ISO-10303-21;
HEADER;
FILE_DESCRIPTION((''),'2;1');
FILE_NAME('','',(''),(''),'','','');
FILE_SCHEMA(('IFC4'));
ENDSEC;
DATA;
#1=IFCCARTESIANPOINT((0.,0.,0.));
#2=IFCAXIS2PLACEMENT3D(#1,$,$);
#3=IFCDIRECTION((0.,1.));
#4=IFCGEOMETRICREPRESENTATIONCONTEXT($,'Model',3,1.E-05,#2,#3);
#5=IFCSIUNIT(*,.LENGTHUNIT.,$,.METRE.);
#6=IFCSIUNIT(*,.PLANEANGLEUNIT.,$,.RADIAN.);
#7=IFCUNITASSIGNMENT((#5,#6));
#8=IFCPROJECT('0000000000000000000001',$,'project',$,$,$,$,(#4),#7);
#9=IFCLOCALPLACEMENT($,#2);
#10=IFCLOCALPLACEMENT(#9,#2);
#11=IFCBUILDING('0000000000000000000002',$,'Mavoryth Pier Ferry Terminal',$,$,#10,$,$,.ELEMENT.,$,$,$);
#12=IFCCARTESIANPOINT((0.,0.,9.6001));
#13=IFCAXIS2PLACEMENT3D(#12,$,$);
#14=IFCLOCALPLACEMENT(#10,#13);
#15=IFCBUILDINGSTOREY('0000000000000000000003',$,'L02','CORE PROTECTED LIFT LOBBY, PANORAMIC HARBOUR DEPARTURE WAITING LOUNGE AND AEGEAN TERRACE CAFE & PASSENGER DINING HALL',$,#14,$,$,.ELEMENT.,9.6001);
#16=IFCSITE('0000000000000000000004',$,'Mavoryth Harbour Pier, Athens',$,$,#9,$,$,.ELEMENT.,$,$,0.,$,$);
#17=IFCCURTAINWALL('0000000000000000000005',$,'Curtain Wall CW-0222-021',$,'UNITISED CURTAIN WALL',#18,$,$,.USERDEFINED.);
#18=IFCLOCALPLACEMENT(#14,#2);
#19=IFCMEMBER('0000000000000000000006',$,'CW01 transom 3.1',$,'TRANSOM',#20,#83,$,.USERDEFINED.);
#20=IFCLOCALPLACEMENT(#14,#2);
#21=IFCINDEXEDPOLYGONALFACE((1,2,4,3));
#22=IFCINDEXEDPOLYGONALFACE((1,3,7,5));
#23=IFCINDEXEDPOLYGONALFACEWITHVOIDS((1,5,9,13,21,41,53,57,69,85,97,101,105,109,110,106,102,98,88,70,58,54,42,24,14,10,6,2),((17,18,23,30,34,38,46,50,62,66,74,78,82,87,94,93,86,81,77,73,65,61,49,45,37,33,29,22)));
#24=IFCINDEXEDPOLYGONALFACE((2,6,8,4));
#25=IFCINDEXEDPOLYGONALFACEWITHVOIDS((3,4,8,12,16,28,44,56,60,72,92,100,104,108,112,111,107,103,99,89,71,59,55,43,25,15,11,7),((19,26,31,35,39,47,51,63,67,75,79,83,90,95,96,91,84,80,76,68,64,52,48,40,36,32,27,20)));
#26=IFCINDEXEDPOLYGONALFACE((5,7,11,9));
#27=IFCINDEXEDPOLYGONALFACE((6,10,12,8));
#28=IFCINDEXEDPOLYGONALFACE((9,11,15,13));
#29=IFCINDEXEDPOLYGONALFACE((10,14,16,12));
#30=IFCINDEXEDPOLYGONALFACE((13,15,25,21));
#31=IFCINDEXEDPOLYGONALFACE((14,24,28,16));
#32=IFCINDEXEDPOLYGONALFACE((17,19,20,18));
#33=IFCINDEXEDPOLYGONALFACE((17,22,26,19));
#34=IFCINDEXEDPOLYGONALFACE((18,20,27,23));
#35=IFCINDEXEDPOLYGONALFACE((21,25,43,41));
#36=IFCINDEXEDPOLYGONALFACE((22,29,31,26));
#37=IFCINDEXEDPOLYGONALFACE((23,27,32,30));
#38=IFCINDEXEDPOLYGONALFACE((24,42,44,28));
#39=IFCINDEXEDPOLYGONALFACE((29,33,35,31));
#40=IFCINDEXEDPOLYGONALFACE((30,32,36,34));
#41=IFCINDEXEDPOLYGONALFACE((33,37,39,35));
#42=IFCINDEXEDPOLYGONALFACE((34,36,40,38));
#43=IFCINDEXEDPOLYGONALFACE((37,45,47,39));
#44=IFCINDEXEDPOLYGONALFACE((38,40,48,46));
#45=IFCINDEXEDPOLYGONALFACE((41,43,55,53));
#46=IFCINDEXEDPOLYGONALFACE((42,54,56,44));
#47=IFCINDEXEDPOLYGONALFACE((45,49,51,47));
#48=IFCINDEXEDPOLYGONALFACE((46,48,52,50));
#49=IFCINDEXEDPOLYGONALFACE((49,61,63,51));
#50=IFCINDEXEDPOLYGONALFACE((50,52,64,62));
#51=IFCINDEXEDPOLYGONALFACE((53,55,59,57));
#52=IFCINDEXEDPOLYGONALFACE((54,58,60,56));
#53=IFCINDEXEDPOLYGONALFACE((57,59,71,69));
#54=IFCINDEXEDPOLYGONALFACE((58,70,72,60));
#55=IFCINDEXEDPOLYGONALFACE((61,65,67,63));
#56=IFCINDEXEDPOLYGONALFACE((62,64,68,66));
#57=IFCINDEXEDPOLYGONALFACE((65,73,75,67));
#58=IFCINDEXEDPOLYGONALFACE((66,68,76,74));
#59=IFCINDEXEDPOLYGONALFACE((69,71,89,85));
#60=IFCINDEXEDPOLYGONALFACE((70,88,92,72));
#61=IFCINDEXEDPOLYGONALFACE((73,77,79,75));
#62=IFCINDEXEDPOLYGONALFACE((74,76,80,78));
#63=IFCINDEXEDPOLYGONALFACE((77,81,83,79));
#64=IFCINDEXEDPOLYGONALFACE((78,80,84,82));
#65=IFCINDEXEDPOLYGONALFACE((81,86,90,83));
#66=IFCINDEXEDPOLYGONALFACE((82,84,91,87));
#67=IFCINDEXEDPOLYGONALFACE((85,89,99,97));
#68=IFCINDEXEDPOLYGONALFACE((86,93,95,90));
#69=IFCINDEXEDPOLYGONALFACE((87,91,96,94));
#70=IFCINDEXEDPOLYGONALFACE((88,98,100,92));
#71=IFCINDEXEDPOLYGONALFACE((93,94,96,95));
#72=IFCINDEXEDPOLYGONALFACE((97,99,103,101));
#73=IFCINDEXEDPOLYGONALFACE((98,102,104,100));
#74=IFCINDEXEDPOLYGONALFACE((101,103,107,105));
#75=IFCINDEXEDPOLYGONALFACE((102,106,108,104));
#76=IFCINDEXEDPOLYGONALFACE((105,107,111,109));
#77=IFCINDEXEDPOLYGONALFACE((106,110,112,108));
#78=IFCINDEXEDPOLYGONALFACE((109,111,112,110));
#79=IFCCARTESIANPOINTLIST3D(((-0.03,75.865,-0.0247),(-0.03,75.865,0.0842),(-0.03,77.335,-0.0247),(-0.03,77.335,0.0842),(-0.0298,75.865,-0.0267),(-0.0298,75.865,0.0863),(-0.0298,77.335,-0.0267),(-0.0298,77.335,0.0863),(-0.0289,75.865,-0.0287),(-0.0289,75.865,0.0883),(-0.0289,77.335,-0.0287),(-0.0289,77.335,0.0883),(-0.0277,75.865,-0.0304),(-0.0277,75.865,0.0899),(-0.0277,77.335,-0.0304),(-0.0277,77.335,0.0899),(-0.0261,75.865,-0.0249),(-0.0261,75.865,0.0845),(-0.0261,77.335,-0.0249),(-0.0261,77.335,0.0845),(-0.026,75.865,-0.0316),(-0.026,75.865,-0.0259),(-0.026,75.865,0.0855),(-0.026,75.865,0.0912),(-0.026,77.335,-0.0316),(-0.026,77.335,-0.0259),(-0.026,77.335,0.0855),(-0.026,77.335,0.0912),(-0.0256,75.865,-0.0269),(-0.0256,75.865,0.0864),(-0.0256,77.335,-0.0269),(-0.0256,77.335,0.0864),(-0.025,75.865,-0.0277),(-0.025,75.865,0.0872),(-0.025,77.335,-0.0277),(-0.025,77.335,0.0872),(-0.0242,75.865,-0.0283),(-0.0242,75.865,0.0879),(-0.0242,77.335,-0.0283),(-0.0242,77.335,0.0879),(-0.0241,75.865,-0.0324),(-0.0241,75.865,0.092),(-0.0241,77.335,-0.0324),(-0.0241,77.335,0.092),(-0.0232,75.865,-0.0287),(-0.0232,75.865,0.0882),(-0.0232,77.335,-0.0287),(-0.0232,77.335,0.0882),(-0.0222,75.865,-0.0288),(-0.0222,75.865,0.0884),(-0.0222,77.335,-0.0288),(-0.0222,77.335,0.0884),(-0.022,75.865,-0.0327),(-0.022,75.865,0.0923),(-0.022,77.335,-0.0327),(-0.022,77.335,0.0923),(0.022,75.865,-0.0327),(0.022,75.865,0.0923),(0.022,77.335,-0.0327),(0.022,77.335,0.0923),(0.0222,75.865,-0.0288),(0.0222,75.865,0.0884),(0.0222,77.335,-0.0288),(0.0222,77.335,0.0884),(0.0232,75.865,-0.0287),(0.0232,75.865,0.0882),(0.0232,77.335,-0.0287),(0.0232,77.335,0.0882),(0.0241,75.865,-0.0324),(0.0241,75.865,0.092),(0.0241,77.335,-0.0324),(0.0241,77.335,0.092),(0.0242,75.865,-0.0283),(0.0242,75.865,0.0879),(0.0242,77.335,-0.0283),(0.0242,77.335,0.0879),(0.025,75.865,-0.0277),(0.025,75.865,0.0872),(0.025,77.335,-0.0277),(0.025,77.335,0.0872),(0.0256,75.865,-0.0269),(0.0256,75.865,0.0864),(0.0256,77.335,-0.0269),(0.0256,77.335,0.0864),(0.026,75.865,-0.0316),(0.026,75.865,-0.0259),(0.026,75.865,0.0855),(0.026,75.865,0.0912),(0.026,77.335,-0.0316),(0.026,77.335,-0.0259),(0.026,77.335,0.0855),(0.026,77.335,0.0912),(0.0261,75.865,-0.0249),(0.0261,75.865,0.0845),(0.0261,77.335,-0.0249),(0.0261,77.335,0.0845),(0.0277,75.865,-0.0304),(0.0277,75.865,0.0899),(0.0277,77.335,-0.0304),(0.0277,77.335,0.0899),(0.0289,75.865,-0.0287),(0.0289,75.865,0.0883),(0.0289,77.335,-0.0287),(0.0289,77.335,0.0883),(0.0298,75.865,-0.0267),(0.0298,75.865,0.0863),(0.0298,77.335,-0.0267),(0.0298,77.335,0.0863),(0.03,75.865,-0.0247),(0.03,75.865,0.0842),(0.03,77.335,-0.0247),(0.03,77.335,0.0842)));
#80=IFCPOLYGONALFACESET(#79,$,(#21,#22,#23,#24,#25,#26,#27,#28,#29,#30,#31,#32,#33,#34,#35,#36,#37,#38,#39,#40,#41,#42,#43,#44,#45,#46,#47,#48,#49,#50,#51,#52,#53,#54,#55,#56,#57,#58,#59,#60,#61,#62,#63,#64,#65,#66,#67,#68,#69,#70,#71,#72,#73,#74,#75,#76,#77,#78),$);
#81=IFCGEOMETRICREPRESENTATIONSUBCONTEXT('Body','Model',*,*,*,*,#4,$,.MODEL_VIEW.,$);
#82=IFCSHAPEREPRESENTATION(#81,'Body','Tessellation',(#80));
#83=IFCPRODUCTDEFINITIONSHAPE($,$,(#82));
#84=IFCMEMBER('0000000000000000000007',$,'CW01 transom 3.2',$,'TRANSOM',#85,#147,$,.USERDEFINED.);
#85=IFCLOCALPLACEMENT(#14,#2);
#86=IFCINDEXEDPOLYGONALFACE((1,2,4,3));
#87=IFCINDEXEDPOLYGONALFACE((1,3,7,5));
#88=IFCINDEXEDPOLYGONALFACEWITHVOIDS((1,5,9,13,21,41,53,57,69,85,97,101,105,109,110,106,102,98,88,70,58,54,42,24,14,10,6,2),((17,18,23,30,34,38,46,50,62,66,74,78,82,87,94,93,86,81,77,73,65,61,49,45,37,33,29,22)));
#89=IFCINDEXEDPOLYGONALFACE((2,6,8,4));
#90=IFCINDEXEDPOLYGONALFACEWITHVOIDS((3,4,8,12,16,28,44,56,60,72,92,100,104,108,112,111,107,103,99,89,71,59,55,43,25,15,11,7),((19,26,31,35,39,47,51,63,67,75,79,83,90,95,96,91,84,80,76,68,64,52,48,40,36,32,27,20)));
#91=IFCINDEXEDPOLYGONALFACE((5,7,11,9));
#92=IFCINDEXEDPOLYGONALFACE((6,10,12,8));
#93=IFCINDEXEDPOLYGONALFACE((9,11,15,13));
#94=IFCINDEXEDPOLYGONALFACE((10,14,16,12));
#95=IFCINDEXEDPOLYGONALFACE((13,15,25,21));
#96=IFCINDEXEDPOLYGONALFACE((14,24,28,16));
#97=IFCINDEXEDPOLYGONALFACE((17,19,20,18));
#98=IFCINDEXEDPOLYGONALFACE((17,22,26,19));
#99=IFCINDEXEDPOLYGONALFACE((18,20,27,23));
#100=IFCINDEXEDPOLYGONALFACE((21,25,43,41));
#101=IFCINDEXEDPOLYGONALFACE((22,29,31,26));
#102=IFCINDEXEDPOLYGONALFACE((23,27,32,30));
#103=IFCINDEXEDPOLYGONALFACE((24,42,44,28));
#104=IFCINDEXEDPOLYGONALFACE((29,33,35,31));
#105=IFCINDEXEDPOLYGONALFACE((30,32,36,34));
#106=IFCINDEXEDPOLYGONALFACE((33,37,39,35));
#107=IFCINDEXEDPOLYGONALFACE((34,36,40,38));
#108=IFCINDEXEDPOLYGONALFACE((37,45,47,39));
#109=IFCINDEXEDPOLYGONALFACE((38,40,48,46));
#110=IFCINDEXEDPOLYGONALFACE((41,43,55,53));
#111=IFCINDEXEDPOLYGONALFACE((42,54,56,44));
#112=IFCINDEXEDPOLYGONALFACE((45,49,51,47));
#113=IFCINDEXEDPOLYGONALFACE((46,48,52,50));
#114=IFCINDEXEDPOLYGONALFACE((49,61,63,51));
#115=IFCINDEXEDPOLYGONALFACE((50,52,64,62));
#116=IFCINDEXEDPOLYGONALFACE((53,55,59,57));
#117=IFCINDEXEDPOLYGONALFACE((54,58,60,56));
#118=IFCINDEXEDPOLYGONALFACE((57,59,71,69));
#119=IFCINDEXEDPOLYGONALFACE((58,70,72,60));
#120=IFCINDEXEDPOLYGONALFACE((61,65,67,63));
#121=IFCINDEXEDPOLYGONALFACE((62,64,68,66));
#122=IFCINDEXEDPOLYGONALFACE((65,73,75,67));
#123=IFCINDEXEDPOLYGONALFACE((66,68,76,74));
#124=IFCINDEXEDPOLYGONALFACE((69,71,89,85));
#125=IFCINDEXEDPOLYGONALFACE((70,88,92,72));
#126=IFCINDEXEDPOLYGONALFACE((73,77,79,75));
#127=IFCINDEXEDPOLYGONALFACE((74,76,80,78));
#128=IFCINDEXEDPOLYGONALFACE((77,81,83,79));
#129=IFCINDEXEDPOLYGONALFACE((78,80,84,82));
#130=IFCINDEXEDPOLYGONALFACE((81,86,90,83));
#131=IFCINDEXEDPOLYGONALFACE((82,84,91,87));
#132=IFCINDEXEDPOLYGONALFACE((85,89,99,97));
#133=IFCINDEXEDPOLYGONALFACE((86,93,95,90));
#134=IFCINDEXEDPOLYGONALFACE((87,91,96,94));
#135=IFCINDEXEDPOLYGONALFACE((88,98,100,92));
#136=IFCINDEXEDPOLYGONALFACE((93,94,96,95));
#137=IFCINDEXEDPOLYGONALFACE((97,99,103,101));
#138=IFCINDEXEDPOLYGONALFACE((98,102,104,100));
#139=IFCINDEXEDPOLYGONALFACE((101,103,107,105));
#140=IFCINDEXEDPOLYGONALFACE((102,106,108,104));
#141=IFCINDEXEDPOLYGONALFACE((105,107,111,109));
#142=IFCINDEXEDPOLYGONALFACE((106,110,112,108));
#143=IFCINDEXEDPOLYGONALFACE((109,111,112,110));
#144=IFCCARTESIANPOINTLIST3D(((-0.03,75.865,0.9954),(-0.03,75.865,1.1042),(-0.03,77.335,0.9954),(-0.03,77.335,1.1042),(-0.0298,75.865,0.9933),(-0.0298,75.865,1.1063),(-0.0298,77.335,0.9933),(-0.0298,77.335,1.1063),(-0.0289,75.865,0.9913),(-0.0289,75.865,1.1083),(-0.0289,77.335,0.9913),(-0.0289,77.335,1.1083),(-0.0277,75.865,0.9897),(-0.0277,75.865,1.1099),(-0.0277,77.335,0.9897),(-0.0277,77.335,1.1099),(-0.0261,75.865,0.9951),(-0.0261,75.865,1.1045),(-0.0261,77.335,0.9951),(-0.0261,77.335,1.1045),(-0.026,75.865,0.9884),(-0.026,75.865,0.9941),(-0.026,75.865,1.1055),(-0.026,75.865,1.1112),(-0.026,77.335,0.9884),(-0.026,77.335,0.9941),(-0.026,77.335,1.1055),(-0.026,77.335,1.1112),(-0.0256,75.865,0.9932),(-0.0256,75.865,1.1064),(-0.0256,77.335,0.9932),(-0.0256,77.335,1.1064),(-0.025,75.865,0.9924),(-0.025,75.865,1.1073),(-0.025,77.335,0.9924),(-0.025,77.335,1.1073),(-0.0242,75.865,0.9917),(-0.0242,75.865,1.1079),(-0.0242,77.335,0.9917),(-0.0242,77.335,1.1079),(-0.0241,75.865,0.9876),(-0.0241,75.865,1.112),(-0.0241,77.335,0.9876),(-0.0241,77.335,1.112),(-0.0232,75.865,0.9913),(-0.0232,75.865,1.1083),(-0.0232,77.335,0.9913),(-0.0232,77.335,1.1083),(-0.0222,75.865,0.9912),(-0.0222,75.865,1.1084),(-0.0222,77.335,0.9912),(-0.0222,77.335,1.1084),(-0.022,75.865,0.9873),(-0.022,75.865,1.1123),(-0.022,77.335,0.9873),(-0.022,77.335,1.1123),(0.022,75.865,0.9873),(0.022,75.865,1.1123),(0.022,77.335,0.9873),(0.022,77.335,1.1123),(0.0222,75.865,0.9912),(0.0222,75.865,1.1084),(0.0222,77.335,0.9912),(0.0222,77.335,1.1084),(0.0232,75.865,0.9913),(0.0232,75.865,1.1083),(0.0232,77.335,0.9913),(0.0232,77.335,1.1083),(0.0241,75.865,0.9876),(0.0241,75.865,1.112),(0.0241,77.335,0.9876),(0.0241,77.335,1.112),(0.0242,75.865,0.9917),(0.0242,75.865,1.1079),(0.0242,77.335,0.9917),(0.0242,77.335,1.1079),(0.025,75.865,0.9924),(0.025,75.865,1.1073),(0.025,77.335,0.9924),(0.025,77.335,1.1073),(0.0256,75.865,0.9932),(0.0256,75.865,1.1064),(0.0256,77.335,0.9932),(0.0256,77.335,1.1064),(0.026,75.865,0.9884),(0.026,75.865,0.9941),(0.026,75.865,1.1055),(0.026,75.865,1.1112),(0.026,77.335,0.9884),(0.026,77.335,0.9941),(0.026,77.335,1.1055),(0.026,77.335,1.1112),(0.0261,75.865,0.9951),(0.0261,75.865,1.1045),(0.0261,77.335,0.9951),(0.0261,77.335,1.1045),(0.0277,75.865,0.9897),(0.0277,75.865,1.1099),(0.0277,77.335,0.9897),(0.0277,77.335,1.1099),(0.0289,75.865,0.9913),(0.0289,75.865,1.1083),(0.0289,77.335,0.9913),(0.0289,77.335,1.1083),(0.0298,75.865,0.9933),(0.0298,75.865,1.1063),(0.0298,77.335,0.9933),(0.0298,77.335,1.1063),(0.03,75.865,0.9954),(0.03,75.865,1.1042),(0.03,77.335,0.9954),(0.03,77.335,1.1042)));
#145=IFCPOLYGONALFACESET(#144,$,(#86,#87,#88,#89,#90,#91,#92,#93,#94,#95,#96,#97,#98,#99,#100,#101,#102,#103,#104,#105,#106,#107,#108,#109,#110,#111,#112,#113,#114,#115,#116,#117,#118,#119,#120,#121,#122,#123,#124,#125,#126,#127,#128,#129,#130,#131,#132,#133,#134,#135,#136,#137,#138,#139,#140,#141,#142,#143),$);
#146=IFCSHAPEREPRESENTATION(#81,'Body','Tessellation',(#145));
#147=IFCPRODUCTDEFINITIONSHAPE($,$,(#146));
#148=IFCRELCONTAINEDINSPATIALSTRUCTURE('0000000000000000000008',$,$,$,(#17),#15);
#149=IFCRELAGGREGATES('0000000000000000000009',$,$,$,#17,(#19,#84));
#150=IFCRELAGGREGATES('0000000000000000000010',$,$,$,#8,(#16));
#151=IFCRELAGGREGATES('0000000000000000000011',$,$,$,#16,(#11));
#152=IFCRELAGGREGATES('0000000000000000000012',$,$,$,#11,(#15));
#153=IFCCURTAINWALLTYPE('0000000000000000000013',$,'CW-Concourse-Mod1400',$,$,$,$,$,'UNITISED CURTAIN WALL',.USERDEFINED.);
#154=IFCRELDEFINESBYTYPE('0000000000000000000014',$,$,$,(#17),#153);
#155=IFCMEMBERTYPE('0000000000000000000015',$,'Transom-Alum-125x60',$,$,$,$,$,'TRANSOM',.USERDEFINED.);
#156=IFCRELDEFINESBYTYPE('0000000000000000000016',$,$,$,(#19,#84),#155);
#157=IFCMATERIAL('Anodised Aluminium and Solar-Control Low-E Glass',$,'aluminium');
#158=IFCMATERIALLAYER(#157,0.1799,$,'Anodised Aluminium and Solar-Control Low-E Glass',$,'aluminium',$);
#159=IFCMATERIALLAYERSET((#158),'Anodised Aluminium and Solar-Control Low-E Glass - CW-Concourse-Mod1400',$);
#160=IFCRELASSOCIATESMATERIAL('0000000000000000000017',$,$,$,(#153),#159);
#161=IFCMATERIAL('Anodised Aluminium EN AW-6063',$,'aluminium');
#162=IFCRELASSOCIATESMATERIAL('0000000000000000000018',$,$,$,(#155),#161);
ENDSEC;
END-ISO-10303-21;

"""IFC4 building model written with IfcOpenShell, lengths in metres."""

from ifc_helpers import new_model, si_unit, direction, frame, origin, origin_2d, place, context, subcontext, project, spatial, hollow_rectangle, extrude, material, layer, layer_set, material_profile, profile_set, type_object, element, aggregate, save


model = new_model("IFC4")

# Units and contexts
model_context = context("Model", 3, precision=1e-05, world=origin(), true_north=direction((0.0, 1.0)))
body_context = subcontext(model_context, "Body", "Model", "MODEL_VIEW")
ifc_project = project(units=[si_unit("LENGTHUNIT", "METRE"), si_unit("PLANEANGLEUNIT", "RADIAN")], contexts=[model_context])

# Site, building, storey
site_placement = place(None, origin())
site = spatial("IfcSite", under=ifc_project, at=site_placement, Name="Mavoryth Harbour Pier, Athens", CompositionType="ELEMENT", RefElevation=0.0)
building_placement = place(site_placement, origin())
building = spatial("IfcBuilding", under=site, at=building_placement, Name="Mavoryth Pier Ferry Terminal", CompositionType="ELEMENT")
storey_placement = place(building_placement, frame((0.0, 0.0, 9.6001)))
storey = spatial("IfcBuildingStorey", under=building, at=storey_placement, Name="L02", Description="CORE PROTECTED LIFT LOBBY, PANORAMIC HARBOUR DEPARTURE WAITING LOUNGE AND AEGEAN TERRACE CAFE & PASSENGER DINING HALL", CompositionType="ELEMENT", Elevation=9.6001)

# Curtain wall
ifc_material_1 = material(Name="Anodised Aluminium and Solar-Control Low-E Glass", Category="aluminium")
ifc_layer_1 = layer(ifc_material_1, 0.1799, Name="Anodised Aluminium and Solar-Control Low-E Glass", Category="aluminium")
ifc_layer_set_1 = layer_set([ifc_layer_1], Name="Anodised Aluminium and Solar-Control Low-E Glass - CW-Concourse-Mod1400")
curtain_wall_type = type_object("IfcCurtainWallType", Name="CW-Concourse-Mod1400", ElementType="UNITISED CURTAIN WALL", PredefinedType="USERDEFINED", material=ifc_layer_set_1)
curtain_wall_placement = place(storey_placement, origin())
curtain_wall = element("IfcCurtainWall", 1, at=curtain_wall_placement, inside=storey, type_object=curtain_wall_type, Name="Curtain Wall CW-0222-021", ObjectType="UNITISED CURTAIN WALL", PredefinedType="USERDEFINED")
ifc_material_2 = material(Name="Anodised Aluminium EN AW-6063", Category="aluminium")

# Members
ifc_material_profile_1 = material_profile(ifc_material_2, hollow_rectangle(XDim=0.0601, YDim=0.125, WallThickness=0.0039, InnerFilletRadius=0.0039, OuterFilletRadius=0.0081, at=origin_2d()), Name="AL-TRAN 125x60x4", Category="aluminium")
ifc_profile_set_1 = profile_set([ifc_material_profile_1], Name="Anodised Aluminium EN AW-6063 - AL-TRAN 125x60x4")
member_type_1 = type_object("IfcMemberType", Name="Transom-Alum-125x60", ElementType="TRANSOM", PredefinedType="USERDEFINED", material=ifc_profile_set_1)
member_1_placement = place(storey_placement, frame((0.0, 77.335, 0.0298), z_axis=(0.0, -1.0, 0.0), x_axis=(1.0, 0.0, 0.0)))
member_1 = element("IfcMember", 2, at=member_1_placement, type_object=member_type_1, Name="CW01 transom 3.1", ObjectType="TRANSOM", PredefinedType="USERDEFINED", context=body_context, shape_type="SweptSolid", body=[
    extrude(hollow_rectangle(XDim=0.0601, YDim=0.125, WallThickness=0.0039, InnerFilletRadius=0.0039, OuterFilletRadius=0.0081, at=origin_2d()), origin(), (0.0, 0.0, 1.0), 1.47),
])
member_2_placement = place(storey_placement, frame((0.0, 77.335, 1.0498), z_axis=(0.0, -1.0, 0.0), x_axis=(1.0, 0.0, 0.0)))
member_2 = element("IfcMember", 3, at=member_2_placement, type_object=member_type_1, Name="CW01 transom 3.2", ObjectType="TRANSOM", PredefinedType="USERDEFINED", context=body_context, shape_type="SweptSolid", body=[
    extrude(hollow_rectangle(XDim=0.0601, YDim=0.125, WallThickness=0.0039, InnerFilletRadius=0.0039, OuterFilletRadius=0.0081, at=origin_2d()), origin(), (0.0, 0.0, 1.0), 1.47),
])

aggregate(curtain_wall, [member_1, member_2])

save(model, "model.ifc")
